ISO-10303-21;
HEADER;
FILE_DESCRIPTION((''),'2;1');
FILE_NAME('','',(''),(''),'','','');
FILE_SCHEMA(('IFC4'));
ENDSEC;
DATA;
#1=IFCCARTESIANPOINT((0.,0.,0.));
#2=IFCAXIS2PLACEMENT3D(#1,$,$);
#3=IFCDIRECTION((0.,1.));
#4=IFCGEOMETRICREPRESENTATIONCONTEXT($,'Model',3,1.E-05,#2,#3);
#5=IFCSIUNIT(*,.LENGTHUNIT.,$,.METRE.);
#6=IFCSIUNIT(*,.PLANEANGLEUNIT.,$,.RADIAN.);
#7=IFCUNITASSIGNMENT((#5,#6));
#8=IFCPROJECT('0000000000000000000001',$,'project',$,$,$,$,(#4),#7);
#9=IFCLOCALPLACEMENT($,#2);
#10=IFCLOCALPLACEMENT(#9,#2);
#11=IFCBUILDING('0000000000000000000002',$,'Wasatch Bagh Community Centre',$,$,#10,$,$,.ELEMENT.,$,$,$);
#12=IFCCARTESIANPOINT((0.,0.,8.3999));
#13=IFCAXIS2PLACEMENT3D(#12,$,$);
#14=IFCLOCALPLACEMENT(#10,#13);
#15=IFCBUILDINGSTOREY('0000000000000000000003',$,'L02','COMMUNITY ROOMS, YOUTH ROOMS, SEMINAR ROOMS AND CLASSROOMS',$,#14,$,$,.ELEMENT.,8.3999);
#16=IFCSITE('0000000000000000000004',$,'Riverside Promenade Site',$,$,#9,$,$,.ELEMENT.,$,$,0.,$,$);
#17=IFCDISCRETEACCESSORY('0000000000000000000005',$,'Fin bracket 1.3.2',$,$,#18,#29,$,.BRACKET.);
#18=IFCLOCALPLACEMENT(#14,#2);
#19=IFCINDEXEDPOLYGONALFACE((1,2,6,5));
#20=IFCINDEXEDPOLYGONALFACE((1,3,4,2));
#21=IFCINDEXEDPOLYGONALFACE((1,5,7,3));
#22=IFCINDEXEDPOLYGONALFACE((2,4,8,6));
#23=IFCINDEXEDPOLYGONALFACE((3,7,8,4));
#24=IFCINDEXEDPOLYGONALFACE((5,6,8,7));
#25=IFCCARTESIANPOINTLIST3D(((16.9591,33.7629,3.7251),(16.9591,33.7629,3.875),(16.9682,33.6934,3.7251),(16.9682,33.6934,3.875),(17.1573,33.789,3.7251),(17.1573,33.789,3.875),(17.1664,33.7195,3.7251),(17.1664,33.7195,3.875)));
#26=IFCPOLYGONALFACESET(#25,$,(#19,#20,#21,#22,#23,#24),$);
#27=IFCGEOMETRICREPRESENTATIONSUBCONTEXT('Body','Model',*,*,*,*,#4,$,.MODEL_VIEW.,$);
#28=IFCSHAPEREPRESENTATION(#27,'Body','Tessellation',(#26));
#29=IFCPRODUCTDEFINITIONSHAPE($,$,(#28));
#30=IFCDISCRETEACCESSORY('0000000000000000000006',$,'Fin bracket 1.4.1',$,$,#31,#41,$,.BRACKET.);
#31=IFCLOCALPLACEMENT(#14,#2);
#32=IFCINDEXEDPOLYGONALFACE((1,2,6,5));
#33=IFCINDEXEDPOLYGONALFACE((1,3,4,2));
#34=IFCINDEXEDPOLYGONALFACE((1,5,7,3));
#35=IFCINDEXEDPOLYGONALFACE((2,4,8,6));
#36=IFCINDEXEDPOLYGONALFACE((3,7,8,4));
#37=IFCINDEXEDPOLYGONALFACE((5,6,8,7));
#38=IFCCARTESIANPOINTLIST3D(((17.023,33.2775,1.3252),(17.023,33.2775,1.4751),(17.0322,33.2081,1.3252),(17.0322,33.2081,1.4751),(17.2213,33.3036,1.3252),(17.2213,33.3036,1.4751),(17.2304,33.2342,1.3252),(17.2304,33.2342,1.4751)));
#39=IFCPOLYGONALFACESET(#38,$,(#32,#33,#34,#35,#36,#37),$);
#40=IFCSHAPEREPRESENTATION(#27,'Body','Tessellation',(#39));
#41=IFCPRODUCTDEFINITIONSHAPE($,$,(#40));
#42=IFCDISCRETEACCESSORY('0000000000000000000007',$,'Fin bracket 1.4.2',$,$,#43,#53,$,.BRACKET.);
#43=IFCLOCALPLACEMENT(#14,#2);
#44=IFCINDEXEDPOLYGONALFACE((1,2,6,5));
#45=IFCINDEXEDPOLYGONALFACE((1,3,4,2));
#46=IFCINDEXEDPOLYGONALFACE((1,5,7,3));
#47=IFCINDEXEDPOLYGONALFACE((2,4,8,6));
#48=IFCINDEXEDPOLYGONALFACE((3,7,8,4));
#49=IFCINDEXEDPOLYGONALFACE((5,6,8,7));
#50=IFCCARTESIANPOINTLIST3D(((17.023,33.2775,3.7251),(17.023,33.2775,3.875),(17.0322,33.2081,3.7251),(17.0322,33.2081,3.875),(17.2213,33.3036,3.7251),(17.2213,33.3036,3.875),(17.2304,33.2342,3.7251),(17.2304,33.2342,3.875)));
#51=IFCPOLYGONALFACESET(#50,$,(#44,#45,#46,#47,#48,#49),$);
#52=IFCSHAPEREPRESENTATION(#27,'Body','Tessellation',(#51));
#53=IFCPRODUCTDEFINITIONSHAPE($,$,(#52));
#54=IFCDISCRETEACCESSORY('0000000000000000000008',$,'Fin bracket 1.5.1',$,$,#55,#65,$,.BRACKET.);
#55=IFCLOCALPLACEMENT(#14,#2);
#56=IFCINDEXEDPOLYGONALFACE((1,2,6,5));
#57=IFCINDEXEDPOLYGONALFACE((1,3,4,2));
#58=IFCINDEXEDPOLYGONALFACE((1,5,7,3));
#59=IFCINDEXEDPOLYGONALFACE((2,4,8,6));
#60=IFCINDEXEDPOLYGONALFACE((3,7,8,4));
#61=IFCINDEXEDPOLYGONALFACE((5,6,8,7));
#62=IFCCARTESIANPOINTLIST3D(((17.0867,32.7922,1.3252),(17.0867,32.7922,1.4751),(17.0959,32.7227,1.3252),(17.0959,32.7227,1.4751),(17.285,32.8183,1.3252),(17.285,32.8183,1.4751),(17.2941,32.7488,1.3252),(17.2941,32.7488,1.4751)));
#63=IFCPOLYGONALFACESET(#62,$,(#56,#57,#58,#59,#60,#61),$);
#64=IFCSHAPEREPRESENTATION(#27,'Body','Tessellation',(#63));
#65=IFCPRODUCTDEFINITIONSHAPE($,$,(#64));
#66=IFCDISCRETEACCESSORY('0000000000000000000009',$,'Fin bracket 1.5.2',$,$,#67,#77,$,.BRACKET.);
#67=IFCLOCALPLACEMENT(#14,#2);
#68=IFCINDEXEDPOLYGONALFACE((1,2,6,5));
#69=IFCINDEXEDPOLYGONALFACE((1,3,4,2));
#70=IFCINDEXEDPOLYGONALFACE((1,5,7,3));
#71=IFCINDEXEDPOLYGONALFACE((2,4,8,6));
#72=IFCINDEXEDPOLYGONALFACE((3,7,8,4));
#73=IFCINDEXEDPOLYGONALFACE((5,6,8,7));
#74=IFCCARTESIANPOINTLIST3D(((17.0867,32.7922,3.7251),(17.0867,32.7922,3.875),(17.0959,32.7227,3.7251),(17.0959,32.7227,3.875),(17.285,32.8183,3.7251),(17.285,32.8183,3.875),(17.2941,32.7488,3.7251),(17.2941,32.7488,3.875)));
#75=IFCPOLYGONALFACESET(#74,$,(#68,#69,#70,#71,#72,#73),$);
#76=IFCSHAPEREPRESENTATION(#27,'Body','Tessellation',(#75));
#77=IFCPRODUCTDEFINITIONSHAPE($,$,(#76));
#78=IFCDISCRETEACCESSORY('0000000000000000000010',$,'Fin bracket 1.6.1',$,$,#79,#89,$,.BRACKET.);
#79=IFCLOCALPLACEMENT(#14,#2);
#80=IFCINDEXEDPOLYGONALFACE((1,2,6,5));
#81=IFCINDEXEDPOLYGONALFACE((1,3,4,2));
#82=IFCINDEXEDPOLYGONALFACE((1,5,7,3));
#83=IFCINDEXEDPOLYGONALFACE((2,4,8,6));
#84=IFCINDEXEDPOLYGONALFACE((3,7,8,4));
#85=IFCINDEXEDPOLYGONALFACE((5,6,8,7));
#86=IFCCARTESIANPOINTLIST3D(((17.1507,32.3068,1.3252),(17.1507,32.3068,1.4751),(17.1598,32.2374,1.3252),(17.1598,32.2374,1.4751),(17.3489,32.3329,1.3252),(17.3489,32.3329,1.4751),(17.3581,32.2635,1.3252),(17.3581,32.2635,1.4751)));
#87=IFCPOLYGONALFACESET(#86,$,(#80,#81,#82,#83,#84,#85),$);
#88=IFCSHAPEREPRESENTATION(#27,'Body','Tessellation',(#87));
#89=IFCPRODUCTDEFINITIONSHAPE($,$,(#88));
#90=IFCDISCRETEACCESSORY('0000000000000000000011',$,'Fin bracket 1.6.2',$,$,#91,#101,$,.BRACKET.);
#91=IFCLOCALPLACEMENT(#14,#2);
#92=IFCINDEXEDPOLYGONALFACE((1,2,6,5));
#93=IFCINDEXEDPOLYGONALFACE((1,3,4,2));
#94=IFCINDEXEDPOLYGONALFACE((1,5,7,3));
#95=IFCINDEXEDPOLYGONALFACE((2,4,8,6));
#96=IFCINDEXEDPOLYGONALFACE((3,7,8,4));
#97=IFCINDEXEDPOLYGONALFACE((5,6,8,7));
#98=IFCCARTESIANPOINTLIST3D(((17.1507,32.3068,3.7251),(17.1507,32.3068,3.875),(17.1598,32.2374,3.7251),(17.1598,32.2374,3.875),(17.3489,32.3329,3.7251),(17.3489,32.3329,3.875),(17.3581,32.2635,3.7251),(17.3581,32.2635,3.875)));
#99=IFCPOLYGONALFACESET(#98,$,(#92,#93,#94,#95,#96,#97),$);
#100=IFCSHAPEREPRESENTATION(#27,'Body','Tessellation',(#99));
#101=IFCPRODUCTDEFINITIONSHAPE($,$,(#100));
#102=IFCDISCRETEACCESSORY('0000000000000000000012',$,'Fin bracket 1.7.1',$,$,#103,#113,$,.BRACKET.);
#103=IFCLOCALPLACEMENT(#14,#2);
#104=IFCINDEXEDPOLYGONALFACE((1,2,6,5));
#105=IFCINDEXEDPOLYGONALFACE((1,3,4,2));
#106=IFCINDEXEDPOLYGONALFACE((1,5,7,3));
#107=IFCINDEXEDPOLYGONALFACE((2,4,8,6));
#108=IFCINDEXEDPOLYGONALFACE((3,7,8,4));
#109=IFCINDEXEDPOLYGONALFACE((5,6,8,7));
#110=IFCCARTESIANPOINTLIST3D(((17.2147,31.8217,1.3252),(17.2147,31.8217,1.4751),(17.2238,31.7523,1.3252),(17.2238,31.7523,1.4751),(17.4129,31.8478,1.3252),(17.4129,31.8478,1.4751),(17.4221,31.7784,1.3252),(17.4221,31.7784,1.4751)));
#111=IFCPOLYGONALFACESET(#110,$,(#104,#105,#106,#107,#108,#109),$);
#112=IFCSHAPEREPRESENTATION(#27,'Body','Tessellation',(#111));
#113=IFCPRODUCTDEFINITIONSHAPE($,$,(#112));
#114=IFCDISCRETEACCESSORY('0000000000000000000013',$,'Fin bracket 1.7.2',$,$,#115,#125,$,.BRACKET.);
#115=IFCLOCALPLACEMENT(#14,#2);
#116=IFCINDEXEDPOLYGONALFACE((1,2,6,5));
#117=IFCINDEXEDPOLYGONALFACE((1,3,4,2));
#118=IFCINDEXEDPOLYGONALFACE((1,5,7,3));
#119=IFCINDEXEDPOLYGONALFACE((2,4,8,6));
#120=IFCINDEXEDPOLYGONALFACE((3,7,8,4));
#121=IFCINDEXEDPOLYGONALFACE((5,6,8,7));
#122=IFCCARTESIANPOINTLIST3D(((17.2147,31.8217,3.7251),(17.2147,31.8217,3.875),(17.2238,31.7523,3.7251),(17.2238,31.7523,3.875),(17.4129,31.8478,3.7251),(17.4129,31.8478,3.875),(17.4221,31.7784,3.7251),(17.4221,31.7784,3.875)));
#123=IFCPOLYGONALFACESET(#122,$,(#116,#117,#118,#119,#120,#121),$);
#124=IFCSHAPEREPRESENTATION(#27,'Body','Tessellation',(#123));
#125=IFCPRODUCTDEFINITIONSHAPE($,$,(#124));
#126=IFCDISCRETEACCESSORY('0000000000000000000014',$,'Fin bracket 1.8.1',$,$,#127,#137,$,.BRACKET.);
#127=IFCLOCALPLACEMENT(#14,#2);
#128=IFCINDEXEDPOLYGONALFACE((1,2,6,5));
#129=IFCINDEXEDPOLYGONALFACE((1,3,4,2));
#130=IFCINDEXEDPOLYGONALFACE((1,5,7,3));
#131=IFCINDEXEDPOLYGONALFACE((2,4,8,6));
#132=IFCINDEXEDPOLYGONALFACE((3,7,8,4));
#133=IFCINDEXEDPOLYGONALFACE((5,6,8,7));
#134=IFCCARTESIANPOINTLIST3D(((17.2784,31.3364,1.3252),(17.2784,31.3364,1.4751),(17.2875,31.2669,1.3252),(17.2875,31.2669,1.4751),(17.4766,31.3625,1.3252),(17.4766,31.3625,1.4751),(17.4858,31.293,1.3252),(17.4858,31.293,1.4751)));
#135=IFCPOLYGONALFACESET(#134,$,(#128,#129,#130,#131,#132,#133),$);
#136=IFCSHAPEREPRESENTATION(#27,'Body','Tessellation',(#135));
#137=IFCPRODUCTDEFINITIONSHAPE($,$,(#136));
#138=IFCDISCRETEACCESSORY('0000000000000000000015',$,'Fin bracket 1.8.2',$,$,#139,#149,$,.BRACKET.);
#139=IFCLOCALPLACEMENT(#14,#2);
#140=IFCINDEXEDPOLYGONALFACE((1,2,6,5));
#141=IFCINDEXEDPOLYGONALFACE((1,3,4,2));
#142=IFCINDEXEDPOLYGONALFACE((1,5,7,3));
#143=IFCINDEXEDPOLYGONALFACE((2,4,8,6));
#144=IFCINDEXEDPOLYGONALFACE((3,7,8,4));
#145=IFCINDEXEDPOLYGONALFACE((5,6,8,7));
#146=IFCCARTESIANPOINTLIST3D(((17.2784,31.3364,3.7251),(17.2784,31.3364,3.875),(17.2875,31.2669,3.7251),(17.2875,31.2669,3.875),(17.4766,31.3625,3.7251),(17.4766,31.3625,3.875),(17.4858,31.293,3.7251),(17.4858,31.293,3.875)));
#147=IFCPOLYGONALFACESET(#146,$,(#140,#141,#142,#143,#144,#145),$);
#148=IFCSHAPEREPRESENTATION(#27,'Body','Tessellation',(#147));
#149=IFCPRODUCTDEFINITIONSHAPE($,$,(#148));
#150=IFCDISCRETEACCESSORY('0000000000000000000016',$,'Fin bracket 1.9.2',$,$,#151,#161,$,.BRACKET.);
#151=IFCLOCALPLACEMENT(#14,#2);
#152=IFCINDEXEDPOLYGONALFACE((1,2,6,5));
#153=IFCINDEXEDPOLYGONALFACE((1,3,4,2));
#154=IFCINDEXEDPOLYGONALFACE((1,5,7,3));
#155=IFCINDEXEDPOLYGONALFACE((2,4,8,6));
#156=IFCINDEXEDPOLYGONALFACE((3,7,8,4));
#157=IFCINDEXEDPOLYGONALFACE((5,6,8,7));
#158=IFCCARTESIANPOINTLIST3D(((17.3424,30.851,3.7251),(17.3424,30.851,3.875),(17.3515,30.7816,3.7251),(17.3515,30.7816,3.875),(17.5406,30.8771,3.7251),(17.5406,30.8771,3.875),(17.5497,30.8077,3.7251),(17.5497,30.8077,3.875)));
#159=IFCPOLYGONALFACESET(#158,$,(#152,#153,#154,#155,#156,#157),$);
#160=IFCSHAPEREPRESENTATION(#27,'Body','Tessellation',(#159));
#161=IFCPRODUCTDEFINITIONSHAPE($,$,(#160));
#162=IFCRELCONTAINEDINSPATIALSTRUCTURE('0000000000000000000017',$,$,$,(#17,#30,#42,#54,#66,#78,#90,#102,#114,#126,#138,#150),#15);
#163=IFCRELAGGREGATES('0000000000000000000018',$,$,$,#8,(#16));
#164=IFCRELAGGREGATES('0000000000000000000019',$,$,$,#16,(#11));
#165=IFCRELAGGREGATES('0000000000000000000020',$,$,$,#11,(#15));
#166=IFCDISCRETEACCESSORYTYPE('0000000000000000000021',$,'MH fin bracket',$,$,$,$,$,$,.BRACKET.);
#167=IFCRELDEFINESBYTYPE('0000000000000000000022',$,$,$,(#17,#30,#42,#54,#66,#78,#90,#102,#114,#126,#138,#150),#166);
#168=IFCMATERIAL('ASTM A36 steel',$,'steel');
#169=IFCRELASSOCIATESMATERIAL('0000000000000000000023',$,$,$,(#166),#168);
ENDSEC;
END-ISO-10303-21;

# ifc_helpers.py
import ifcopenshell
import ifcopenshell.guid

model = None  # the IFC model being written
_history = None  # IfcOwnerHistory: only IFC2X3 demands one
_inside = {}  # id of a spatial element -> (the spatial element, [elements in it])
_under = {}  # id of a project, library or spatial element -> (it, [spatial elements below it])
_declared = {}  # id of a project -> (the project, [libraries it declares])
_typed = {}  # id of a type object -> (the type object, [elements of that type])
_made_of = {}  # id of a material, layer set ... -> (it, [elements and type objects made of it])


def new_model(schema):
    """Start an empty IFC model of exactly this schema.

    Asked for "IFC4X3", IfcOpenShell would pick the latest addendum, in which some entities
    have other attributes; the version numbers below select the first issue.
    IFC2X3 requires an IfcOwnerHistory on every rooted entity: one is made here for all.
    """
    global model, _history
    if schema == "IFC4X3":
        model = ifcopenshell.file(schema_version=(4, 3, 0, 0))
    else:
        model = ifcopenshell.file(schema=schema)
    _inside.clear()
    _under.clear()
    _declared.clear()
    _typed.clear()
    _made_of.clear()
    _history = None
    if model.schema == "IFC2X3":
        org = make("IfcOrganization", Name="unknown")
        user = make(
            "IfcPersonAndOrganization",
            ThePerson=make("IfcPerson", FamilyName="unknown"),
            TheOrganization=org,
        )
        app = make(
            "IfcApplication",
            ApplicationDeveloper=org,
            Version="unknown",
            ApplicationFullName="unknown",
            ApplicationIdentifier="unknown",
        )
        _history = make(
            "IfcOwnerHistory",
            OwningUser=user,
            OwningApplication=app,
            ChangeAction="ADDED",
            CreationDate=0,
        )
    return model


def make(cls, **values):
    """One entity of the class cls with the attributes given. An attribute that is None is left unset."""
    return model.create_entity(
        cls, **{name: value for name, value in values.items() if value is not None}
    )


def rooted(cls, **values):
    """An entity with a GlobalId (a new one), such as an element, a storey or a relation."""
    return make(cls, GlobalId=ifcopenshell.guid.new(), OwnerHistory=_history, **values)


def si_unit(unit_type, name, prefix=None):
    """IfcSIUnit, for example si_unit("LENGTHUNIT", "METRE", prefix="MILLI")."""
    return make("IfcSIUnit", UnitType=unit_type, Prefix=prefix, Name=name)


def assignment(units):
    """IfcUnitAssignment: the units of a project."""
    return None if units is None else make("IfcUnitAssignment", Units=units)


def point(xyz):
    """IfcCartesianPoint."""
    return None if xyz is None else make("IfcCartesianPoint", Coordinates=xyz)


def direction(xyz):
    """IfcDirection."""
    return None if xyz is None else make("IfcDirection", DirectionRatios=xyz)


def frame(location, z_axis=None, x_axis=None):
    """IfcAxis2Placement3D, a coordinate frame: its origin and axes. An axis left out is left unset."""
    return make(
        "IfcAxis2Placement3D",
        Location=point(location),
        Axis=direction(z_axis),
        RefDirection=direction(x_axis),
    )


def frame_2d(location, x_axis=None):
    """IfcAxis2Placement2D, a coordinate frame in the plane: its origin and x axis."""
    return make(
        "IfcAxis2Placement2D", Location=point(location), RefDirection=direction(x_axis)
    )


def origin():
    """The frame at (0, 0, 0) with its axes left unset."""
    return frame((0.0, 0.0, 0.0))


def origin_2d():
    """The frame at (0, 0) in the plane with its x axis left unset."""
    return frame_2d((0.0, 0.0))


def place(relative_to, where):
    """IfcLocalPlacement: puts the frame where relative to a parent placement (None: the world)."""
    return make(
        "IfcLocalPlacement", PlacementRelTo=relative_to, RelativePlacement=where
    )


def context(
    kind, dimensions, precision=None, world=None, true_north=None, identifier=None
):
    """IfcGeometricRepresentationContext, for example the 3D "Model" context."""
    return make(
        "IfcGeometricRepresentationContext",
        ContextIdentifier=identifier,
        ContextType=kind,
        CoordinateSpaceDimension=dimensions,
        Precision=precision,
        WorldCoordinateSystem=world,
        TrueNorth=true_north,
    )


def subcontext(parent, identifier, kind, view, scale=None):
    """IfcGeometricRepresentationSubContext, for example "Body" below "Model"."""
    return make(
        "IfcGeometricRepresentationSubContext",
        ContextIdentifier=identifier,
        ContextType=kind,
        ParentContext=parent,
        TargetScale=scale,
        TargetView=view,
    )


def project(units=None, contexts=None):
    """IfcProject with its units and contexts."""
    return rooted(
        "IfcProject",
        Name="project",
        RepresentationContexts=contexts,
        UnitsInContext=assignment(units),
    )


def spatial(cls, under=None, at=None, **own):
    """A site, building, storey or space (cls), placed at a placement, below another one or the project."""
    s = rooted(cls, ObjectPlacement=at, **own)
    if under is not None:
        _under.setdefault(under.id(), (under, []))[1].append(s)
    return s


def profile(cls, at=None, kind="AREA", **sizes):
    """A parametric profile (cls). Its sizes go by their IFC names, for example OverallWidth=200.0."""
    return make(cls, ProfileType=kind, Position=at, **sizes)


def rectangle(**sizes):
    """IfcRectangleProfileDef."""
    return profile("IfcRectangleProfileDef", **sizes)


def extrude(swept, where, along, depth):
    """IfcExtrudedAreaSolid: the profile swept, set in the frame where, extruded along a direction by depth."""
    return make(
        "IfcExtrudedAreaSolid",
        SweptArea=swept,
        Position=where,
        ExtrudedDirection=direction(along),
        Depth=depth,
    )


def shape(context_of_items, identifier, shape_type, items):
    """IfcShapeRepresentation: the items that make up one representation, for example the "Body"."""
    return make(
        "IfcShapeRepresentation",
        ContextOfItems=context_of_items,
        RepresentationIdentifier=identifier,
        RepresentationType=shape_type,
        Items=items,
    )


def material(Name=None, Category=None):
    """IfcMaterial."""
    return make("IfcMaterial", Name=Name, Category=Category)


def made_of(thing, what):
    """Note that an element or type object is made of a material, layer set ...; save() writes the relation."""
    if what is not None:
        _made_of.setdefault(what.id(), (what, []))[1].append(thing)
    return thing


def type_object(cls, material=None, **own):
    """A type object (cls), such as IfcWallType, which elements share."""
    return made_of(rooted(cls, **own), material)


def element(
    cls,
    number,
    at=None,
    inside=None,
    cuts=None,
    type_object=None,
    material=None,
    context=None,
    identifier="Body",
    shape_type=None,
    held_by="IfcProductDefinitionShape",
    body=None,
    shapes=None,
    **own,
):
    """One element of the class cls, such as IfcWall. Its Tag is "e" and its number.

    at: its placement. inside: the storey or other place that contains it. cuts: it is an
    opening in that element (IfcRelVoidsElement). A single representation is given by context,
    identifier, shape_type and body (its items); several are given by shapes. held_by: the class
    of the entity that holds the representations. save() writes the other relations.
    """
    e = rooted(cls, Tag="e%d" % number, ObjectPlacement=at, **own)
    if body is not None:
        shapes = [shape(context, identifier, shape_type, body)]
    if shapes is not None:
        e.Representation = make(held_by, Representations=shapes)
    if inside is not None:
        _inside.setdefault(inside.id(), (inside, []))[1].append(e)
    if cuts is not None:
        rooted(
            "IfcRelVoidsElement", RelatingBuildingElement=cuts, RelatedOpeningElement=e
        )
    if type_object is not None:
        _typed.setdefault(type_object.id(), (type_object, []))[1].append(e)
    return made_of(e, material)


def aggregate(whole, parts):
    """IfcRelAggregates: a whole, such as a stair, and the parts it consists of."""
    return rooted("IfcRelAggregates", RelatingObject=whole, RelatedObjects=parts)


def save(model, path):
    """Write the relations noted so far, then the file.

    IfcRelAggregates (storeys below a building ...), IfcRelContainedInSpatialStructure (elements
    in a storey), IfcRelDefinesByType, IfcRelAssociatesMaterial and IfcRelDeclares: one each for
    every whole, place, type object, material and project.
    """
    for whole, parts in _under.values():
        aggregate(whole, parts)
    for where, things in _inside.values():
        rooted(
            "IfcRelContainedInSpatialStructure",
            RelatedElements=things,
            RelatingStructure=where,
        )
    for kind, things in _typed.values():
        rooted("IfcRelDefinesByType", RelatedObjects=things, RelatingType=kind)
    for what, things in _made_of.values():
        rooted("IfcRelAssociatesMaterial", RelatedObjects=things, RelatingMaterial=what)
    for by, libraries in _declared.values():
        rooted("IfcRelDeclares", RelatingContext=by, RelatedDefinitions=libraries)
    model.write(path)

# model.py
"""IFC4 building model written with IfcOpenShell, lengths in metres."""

from ifc_helpers import new_model, si_unit, direction, frame, origin, origin_2d, place, context, subcontext, project, spatial, rectangle, extrude, material, type_object, element, save


model = new_model("IFC4")

# Units and contexts
model_context = context("Model", 3, precision=1e-05, world=origin(), true_north=direction((0.0, 1.0)))
body_context = subcontext(model_context, "Body", "Model", "MODEL_VIEW")
ifc_project = project(units=[si_unit("LENGTHUNIT", "METRE"), si_unit("PLANEANGLEUNIT", "RADIAN")], contexts=[model_context])

# Site, building, storey
site_placement = place(None, origin())
site = spatial("IfcSite", under=ifc_project, at=site_placement, Name="Riverside Promenade Site", CompositionType="ELEMENT", RefElevation=0.0)
building_placement = place(site_placement, origin())
building = spatial("IfcBuilding", under=site, at=building_placement, Name="Wasatch Bagh Community Centre", CompositionType="ELEMENT")
storey_placement = place(building_placement, frame((0.0, 0.0, 8.3999)))
storey = spatial("IfcBuildingStorey", under=building, at=storey_placement, Name="L02", Description="COMMUNITY ROOMS, YOUTH ROOMS, SEMINAR ROOMS AND CLASSROOMS", CompositionType="ELEMENT", Elevation=8.3999)

# Discrete accessories
ifc_material_1 = material(Name="ASTM A36 steel", Category="steel")
discrete_accessory_type = type_object("IfcDiscreteAccessoryType", Name="MH fin bracket", PredefinedType="BRACKET", material=ifc_material_1)
for number, where, z_axis, x_axis, name in (
    (1, (17.0627, 33.7412, 3.7251), (0.0, 0.0, 1.0), (0.130526, -0.991445, 0.0), "Fin bracket 1.3.2"),
    (2, (17.1267, 33.2559, 1.3252), (0.0, 0.0, 1.0), (0.130526, -0.991445, 0.0), "Fin bracket 1.4.1"),
    (3, (17.1267, 33.2559, 3.7251), (0.0, 0.0, 1.0), (0.130526, -0.991445, 0.0), "Fin bracket 1.4.2"),
    (4, (17.1904, 32.7705, 1.3252), (0.0, 0.0, 1.0), (0.130526, -0.991445, 0.0), "Fin bracket 1.5.1"),
    (5, (17.1904, 32.7705, 3.7251), (0.0, 0.0, 1.0), (0.130526, -0.991445, 0.0), "Fin bracket 1.5.2"),
    (6, (17.2544, 32.2852, 1.3252), (0.0, 0.0, 1.0), (0.130526, -0.991445, 0.0), "Fin bracket 1.6.1"),
    (7, (17.2544, 32.2852, 3.7251), (0.0, 0.0, 1.0), (0.130526, -0.991445, 0.0), "Fin bracket 1.6.2"),
    (8, (17.3184, 31.8, 1.3252), (0.0, 0.0, 1.0), (0.130526, -0.991445, 0.0), "Fin bracket 1.7.1"),
    (9, (17.3184, 31.8, 3.7251), (0.0, 0.0, 1.0), (0.130526, -0.991445, 0.0), "Fin bracket 1.7.2"),
    (10, (17.3821, 31.3147, 1.3252), (0.0, 0.0, 1.0), (0.130526, -0.991445, 0.0), "Fin bracket 1.8.1"),
    (11, (17.3821, 31.3147, 3.7251), (0.0, 0.0, 1.0), (0.130526, -0.991445, 0.0), "Fin bracket 1.8.2"),
    (12, (17.446, 30.8293, 3.7251), (0.0, 0.0, 1.0), (0.130526, -0.991445, 0.0), "Fin bracket 1.9.2"),
):
    element("IfcDiscreteAccessory", number, at=place(storey_placement, frame(where, z_axis=z_axis, x_axis=x_axis)), inside=storey, type_object=discrete_accessory_type, Name=name, PredefinedType="BRACKET", context=body_context, shape_type="SweptSolid", body=[
        extrude(rectangle(XDim=0.0701, YDim=0.2, at=origin_2d()), origin(), (0.0, 0.0, 1.0), 0.1499),
    ])

save(model, "model.ifc")
